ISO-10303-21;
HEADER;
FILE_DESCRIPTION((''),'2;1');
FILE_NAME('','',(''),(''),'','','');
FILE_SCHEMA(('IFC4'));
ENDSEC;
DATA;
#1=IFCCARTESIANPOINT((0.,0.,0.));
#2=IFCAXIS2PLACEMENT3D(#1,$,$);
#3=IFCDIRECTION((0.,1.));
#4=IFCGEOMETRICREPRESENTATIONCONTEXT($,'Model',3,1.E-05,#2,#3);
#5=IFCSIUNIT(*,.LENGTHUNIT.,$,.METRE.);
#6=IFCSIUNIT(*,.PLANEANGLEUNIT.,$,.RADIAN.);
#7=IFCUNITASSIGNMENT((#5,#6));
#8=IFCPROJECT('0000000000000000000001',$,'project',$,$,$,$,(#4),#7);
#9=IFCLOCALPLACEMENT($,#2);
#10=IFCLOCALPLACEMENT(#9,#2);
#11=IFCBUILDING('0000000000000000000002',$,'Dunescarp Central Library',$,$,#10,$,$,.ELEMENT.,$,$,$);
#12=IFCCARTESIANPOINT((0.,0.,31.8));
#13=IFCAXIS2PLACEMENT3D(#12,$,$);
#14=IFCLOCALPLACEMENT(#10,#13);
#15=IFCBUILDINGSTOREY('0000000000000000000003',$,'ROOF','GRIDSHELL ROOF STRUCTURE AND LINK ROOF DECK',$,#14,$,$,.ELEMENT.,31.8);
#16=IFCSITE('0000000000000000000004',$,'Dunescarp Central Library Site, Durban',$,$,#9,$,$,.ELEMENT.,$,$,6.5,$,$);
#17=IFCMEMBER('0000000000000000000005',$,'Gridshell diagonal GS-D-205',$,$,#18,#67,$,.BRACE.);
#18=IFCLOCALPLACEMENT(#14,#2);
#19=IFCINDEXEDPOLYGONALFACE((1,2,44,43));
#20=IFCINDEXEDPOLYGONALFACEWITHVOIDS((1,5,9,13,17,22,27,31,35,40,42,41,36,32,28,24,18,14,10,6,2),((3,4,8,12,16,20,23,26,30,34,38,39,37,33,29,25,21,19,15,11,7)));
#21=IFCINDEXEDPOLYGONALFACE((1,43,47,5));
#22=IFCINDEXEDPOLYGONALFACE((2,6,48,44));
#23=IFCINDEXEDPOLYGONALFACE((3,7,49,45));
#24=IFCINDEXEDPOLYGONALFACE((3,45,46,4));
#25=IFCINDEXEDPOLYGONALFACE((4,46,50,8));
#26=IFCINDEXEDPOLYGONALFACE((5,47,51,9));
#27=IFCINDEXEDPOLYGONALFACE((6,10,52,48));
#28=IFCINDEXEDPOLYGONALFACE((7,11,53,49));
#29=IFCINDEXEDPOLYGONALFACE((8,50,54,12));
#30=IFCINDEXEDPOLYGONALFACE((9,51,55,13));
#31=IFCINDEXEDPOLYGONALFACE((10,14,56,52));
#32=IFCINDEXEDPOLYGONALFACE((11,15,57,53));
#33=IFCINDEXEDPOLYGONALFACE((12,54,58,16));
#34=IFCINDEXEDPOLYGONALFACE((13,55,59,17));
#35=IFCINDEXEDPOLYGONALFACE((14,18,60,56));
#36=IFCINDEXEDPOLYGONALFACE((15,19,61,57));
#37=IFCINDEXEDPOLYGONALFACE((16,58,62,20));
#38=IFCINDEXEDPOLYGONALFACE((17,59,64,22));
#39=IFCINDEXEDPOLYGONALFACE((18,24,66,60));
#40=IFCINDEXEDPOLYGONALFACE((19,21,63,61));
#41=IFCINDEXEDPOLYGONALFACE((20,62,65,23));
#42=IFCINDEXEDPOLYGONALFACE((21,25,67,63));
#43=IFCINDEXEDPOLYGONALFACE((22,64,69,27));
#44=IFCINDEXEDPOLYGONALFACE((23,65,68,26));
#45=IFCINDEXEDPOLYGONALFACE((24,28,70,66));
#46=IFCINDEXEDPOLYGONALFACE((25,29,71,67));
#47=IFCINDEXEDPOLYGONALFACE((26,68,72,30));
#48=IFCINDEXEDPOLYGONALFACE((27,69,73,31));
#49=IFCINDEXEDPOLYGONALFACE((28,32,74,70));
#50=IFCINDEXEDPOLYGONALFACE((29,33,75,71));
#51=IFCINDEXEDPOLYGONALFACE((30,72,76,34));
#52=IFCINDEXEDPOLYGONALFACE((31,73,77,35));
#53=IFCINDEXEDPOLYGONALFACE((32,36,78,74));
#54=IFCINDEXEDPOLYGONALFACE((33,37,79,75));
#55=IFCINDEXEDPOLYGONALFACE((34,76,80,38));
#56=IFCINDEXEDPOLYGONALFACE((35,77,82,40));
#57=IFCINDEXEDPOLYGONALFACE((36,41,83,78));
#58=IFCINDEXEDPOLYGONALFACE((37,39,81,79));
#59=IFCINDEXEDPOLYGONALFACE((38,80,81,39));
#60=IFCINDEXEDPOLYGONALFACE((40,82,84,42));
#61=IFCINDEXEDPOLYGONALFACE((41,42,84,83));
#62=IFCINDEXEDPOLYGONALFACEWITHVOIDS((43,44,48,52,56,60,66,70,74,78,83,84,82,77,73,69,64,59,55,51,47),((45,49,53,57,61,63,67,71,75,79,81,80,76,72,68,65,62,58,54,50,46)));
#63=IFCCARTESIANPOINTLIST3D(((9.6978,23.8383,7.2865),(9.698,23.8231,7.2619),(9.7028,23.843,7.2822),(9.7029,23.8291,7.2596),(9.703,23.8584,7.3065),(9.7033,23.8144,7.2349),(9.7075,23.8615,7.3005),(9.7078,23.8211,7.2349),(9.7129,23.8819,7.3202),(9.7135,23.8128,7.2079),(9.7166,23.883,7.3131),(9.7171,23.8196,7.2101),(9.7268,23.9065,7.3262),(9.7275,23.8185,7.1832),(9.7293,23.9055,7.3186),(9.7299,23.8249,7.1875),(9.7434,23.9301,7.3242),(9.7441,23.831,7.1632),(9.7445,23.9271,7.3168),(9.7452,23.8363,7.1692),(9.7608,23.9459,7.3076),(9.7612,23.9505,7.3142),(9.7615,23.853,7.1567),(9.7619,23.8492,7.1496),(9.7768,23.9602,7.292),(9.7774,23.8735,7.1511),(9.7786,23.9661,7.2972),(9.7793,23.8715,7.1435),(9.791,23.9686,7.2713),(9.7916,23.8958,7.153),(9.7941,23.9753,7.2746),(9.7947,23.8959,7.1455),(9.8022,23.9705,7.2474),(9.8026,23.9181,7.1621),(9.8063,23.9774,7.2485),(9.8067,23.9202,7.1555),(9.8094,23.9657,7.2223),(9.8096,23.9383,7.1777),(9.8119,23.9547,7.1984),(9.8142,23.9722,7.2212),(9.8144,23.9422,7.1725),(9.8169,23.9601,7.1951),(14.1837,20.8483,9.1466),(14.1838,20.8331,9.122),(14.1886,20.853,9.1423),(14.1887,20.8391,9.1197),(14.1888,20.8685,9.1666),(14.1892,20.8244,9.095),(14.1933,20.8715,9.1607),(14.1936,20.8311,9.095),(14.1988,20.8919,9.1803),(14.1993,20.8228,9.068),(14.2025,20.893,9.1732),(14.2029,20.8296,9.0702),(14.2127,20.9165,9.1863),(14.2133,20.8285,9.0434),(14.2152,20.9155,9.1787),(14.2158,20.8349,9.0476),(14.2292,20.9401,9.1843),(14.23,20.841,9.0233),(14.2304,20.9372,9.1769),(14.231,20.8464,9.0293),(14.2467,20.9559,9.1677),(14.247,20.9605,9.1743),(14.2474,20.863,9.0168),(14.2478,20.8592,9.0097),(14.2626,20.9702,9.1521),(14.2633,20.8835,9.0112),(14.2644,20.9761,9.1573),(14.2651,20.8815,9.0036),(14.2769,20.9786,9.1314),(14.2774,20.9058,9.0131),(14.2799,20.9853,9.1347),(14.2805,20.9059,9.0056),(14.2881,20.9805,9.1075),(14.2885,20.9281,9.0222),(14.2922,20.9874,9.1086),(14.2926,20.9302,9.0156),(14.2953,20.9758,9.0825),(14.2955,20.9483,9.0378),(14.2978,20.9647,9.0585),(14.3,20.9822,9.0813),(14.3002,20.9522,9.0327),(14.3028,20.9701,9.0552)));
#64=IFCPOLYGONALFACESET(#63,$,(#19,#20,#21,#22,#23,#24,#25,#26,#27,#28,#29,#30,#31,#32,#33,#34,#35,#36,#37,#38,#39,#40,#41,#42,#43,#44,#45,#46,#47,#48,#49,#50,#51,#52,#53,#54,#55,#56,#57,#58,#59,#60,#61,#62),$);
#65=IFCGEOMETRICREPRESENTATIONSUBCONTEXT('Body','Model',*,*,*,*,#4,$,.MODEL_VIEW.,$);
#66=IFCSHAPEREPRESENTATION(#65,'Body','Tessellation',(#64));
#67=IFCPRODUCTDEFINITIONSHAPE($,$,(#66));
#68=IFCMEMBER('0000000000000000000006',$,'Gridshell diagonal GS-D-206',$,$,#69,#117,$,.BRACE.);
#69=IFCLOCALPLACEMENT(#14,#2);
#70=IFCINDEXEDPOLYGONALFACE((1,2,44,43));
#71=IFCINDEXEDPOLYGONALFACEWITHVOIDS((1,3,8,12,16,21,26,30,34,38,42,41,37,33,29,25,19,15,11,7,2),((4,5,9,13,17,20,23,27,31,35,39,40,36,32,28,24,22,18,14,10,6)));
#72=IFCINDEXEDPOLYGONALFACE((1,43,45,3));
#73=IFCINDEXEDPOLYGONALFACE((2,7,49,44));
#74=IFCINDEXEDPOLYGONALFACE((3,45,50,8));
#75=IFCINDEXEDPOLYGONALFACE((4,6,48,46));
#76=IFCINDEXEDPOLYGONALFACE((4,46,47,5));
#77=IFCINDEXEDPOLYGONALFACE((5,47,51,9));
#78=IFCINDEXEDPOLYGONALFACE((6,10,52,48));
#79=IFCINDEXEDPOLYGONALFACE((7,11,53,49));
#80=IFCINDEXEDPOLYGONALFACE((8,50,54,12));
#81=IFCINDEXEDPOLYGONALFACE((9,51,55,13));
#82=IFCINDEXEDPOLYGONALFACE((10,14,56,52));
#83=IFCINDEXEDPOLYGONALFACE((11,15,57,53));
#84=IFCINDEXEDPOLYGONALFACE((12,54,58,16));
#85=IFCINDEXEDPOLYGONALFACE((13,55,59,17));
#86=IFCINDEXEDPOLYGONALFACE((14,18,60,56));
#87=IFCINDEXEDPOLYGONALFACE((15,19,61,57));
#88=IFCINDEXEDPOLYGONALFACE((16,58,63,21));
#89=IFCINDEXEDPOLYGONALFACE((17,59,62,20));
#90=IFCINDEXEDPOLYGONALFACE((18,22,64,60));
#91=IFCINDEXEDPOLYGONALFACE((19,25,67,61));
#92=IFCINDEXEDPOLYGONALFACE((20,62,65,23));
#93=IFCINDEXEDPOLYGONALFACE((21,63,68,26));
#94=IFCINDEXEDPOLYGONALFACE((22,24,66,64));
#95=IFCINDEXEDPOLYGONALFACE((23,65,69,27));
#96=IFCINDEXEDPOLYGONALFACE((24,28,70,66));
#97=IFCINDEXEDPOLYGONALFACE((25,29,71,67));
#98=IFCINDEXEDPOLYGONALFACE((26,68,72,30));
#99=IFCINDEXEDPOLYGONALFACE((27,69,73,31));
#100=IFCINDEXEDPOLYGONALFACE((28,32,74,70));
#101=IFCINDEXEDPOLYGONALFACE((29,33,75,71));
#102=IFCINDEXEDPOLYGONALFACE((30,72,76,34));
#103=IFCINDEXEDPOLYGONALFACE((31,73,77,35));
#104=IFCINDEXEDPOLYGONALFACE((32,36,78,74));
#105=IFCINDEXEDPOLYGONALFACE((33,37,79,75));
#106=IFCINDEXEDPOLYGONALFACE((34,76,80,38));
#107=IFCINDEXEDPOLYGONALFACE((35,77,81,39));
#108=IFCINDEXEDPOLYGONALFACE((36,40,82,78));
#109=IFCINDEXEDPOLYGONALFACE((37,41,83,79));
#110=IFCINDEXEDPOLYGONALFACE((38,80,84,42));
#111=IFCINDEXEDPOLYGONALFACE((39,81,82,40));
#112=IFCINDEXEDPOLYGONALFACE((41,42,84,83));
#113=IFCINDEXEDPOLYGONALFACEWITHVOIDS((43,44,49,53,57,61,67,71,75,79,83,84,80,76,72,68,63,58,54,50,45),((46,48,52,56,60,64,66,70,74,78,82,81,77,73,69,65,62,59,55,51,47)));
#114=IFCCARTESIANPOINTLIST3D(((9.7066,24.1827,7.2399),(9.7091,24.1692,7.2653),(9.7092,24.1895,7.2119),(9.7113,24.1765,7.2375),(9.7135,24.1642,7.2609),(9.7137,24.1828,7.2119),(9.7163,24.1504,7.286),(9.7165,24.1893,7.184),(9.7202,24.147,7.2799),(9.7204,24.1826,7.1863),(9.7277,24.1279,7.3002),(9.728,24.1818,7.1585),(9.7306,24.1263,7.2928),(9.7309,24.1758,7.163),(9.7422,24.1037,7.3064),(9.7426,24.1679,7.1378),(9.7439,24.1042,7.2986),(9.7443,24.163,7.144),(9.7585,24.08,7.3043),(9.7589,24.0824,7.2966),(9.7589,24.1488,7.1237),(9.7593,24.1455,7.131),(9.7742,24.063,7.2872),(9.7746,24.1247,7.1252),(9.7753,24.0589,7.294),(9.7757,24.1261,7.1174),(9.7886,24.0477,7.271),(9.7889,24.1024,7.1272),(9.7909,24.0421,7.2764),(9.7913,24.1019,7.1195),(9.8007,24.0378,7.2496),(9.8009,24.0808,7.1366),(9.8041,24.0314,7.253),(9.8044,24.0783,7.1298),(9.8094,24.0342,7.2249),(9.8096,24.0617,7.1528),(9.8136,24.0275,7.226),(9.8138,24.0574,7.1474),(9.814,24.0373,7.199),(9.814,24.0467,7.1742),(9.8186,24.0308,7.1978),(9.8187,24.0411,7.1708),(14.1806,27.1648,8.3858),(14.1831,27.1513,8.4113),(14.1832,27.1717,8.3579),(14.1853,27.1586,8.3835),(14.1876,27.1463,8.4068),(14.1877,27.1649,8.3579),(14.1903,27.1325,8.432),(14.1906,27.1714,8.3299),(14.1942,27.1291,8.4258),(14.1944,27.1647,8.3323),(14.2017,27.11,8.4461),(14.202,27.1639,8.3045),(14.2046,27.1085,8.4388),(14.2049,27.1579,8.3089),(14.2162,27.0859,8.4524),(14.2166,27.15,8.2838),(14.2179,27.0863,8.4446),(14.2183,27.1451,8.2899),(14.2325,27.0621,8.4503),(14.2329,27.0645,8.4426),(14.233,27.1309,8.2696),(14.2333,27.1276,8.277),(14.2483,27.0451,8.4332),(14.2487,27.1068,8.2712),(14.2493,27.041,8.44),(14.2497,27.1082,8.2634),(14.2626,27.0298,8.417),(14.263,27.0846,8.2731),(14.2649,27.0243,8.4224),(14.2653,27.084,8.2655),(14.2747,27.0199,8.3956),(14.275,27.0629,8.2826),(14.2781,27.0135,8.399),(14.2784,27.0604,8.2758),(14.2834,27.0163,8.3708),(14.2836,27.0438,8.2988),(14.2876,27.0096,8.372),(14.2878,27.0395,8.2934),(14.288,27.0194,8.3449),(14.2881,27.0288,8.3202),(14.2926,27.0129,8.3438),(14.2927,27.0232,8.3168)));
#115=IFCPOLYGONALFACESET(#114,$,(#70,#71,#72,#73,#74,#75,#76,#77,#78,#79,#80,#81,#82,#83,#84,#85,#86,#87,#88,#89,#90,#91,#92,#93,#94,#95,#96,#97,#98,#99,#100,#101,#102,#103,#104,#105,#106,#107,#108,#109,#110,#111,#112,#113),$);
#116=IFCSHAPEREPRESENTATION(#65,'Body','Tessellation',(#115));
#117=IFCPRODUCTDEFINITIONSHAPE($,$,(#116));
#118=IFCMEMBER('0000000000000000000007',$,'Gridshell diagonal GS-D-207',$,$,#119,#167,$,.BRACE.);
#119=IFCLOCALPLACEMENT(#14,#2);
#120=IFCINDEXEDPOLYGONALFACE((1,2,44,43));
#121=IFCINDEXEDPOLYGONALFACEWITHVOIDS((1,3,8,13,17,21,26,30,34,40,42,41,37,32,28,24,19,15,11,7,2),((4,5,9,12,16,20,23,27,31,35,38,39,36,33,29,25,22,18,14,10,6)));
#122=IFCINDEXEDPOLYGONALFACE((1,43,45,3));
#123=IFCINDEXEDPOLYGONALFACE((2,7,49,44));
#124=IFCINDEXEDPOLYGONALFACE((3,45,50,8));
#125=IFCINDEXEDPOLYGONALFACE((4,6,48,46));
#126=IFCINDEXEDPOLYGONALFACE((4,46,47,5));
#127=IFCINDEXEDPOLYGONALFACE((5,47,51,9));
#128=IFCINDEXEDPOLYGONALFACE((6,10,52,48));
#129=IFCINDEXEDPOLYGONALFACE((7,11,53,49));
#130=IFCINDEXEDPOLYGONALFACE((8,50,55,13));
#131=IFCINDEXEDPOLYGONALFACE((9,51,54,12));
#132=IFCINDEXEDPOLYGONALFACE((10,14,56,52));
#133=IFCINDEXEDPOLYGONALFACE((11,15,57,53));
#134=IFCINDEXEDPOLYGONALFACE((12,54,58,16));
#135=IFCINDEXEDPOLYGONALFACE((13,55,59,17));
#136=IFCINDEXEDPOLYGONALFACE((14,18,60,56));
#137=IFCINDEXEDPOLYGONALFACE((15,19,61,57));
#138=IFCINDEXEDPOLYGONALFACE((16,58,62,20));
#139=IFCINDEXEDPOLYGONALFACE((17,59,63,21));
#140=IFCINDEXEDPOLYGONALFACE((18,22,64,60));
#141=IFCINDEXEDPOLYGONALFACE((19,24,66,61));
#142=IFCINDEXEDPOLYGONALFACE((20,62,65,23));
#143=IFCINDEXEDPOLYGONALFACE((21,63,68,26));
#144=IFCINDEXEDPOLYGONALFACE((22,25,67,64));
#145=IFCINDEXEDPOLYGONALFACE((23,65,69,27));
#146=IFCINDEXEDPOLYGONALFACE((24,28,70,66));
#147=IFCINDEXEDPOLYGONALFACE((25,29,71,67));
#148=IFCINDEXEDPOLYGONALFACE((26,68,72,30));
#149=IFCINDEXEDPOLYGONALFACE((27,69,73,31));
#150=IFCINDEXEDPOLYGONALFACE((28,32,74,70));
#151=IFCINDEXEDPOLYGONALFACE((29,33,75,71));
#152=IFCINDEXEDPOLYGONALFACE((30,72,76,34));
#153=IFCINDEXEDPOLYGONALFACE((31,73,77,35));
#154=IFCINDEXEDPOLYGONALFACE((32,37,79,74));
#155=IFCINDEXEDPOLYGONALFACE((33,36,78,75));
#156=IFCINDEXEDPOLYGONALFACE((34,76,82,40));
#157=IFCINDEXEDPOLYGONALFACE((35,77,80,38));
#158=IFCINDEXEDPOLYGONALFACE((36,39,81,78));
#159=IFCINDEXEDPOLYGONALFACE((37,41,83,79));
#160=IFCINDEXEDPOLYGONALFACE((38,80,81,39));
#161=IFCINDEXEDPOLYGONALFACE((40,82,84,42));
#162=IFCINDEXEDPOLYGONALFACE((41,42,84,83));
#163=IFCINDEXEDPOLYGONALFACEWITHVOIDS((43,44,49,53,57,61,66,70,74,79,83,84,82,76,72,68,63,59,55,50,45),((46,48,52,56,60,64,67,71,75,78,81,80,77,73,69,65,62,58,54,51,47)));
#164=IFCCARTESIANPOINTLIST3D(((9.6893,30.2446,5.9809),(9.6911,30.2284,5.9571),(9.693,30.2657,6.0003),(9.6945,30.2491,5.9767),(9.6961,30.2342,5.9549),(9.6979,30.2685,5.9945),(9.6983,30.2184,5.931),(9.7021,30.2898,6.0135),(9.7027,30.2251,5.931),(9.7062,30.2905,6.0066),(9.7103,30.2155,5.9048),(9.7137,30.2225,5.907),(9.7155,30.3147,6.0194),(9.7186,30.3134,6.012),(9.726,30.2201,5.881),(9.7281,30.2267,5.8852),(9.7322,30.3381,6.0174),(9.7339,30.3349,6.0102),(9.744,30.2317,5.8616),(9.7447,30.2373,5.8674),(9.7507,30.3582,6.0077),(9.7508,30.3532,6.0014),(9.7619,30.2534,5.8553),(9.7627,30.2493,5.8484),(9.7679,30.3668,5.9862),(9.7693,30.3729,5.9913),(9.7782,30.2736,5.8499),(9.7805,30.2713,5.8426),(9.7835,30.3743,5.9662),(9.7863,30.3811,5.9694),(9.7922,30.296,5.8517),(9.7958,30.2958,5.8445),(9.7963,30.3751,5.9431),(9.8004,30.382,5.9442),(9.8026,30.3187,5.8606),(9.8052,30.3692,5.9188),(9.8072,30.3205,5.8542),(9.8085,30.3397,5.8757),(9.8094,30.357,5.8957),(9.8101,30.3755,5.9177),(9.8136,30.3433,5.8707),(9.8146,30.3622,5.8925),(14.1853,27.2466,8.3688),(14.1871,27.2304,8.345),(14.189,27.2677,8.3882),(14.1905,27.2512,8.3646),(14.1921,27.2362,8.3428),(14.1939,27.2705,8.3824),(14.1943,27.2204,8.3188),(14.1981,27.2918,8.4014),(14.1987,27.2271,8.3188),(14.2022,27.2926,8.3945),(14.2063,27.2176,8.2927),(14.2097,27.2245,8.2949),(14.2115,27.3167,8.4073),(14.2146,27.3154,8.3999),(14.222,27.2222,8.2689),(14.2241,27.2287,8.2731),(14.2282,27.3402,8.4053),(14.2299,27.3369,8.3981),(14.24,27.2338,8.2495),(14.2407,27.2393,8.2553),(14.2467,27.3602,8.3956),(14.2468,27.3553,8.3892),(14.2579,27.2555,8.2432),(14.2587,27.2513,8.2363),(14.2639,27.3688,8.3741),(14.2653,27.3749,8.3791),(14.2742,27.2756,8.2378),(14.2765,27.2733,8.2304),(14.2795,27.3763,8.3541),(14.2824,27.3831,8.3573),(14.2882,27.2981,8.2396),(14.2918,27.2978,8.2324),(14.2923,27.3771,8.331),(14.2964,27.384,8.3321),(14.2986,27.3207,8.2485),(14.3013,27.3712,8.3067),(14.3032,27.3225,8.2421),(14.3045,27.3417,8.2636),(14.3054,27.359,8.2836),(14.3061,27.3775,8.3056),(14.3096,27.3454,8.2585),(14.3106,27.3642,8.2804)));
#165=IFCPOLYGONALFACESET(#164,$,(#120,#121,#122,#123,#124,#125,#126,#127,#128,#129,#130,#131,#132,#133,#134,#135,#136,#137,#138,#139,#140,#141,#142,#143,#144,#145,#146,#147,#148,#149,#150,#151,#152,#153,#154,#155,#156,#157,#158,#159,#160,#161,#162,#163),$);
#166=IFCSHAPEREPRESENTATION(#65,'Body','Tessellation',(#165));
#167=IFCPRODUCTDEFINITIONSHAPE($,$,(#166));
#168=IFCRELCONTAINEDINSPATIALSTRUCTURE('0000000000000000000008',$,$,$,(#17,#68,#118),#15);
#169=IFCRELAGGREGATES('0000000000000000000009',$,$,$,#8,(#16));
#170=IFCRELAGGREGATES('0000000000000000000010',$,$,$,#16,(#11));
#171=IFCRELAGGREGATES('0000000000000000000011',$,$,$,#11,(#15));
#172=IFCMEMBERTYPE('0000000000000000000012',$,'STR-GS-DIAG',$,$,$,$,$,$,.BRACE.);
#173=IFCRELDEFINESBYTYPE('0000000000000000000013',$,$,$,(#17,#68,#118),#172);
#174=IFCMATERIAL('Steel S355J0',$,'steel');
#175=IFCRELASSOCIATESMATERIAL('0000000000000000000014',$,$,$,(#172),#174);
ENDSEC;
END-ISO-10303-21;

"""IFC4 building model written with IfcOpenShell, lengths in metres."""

from ifc_helpers import new_model, si_unit, direction, frame, origin, origin_2d, place, context, subcontext, project, spatial, hollow_circle, extrude, material, material_profile, profile_set, type_object, element, save


model = new_model("IFC4")

# Units and contexts
model_context = context("Model", 3, precision=1e-05, world=origin(), true_north=direction((0.0, 1.0)))
body_context = subcontext(model_context, "Body", "Model", "MODEL_VIEW")
ifc_project = project(units=[si_unit("LENGTHUNIT", "METRE"), si_unit("PLANEANGLEUNIT", "RADIAN")], contexts=[model_context])

# Site, building, storey
site_placement = place(None, origin())
site = spatial("IfcSite", under=ifc_project, at=site_placement, Name="Dunescarp Central Library Site, Durban", CompositionType="ELEMENT", RefElevation=6.5)
building_placement = place(site_placement, origin())
building = spatial("IfcBuilding", under=site, at=building_placement, Name="Dunescarp Central Library", CompositionType="ELEMENT")
storey_placement = place(building_placement, frame((0.0, 0.0, 31.8)))
storey = spatial("IfcBuildingStorey", under=building, at=storey_placement, Name="ROOF", Description="GRIDSHELL ROOF STRUCTURE AND LINK ROOF DECK", CompositionType="ELEMENT", Elevation=31.8)

# Members
ifc_material_1 = material(Name="Steel S355J0", Category="steel")
ifc_material_profile_1 = material_profile(ifc_material_1, hollow_circle(Radius=0.0969, WallThickness=0.0081, at=origin_2d()), Name="CHS 193.7x8")
ifc_profile_set_1 = profile_set([ifc_material_profile_1], Name="Steel S355J0")
member_type_1 = type_object("IfcMemberType", Name="STR-GS-DIAG", PredefinedType="BRACE", material=ifc_profile_set_1)
member_1_placement = place(storey_placement, frame((14.2429, 20.905, 9.095), z_axis=(-0.786592, 0.524295, -0.32617), x_axis=(-0.554627, -0.832099, 0.0)))
element("IfcMember", 1, at=member_1_placement, inside=storey, type_object=member_type_1, Name="Gridshell diagonal GS-D-205", PredefinedType="BRACE", context=body_context, shape_type="SweptSolid", body=[
    extrude(hollow_circle(Radius=0.0969, WallThickness=0.0081, at=origin_2d()), origin(), (0.0, 0.0, 1.0), 5.7029),
])
member_2_placement = place(storey_placement, frame((9.7629, 24.1089, 7.2119), z_axis=(0.81382, 0.542443, 0.208451), x_axis=(-0.554627, 0.832099, 0.0)))
element("IfcMember", 2, at=member_2_placement, inside=storey, type_object=member_type_1, Name="Gridshell diagonal GS-D-206", PredefinedType="BRACE", context=body_context, shape_type="SweptSolid", body=[
    extrude(hollow_circle(Radius=0.0969, WallThickness=0.0081, at=origin_2d()), origin(), (0.0, 0.0, 1.0), 5.4976),
])
member_3_placement = place(storey_placement, frame((14.248, 27.301, 8.3188), z_axis=(-0.761008, 0.507449, -0.404182), x_axis=(-0.554784, -0.831995, 0.0)))
element("IfcMember", 3, at=member_3_placement, inside=storey, type_object=member_type_1, Name="Gridshell diagonal GS-D-207", PredefinedType="BRACE", context=body_context, shape_type="SweptSolid", body=[
    extrude(hollow_circle(Radius=0.0969, WallThickness=0.0081, at=origin_2d()), origin(), (0.0, 0.0, 1.0), 5.908),
])

save(model, "model.ifc")
